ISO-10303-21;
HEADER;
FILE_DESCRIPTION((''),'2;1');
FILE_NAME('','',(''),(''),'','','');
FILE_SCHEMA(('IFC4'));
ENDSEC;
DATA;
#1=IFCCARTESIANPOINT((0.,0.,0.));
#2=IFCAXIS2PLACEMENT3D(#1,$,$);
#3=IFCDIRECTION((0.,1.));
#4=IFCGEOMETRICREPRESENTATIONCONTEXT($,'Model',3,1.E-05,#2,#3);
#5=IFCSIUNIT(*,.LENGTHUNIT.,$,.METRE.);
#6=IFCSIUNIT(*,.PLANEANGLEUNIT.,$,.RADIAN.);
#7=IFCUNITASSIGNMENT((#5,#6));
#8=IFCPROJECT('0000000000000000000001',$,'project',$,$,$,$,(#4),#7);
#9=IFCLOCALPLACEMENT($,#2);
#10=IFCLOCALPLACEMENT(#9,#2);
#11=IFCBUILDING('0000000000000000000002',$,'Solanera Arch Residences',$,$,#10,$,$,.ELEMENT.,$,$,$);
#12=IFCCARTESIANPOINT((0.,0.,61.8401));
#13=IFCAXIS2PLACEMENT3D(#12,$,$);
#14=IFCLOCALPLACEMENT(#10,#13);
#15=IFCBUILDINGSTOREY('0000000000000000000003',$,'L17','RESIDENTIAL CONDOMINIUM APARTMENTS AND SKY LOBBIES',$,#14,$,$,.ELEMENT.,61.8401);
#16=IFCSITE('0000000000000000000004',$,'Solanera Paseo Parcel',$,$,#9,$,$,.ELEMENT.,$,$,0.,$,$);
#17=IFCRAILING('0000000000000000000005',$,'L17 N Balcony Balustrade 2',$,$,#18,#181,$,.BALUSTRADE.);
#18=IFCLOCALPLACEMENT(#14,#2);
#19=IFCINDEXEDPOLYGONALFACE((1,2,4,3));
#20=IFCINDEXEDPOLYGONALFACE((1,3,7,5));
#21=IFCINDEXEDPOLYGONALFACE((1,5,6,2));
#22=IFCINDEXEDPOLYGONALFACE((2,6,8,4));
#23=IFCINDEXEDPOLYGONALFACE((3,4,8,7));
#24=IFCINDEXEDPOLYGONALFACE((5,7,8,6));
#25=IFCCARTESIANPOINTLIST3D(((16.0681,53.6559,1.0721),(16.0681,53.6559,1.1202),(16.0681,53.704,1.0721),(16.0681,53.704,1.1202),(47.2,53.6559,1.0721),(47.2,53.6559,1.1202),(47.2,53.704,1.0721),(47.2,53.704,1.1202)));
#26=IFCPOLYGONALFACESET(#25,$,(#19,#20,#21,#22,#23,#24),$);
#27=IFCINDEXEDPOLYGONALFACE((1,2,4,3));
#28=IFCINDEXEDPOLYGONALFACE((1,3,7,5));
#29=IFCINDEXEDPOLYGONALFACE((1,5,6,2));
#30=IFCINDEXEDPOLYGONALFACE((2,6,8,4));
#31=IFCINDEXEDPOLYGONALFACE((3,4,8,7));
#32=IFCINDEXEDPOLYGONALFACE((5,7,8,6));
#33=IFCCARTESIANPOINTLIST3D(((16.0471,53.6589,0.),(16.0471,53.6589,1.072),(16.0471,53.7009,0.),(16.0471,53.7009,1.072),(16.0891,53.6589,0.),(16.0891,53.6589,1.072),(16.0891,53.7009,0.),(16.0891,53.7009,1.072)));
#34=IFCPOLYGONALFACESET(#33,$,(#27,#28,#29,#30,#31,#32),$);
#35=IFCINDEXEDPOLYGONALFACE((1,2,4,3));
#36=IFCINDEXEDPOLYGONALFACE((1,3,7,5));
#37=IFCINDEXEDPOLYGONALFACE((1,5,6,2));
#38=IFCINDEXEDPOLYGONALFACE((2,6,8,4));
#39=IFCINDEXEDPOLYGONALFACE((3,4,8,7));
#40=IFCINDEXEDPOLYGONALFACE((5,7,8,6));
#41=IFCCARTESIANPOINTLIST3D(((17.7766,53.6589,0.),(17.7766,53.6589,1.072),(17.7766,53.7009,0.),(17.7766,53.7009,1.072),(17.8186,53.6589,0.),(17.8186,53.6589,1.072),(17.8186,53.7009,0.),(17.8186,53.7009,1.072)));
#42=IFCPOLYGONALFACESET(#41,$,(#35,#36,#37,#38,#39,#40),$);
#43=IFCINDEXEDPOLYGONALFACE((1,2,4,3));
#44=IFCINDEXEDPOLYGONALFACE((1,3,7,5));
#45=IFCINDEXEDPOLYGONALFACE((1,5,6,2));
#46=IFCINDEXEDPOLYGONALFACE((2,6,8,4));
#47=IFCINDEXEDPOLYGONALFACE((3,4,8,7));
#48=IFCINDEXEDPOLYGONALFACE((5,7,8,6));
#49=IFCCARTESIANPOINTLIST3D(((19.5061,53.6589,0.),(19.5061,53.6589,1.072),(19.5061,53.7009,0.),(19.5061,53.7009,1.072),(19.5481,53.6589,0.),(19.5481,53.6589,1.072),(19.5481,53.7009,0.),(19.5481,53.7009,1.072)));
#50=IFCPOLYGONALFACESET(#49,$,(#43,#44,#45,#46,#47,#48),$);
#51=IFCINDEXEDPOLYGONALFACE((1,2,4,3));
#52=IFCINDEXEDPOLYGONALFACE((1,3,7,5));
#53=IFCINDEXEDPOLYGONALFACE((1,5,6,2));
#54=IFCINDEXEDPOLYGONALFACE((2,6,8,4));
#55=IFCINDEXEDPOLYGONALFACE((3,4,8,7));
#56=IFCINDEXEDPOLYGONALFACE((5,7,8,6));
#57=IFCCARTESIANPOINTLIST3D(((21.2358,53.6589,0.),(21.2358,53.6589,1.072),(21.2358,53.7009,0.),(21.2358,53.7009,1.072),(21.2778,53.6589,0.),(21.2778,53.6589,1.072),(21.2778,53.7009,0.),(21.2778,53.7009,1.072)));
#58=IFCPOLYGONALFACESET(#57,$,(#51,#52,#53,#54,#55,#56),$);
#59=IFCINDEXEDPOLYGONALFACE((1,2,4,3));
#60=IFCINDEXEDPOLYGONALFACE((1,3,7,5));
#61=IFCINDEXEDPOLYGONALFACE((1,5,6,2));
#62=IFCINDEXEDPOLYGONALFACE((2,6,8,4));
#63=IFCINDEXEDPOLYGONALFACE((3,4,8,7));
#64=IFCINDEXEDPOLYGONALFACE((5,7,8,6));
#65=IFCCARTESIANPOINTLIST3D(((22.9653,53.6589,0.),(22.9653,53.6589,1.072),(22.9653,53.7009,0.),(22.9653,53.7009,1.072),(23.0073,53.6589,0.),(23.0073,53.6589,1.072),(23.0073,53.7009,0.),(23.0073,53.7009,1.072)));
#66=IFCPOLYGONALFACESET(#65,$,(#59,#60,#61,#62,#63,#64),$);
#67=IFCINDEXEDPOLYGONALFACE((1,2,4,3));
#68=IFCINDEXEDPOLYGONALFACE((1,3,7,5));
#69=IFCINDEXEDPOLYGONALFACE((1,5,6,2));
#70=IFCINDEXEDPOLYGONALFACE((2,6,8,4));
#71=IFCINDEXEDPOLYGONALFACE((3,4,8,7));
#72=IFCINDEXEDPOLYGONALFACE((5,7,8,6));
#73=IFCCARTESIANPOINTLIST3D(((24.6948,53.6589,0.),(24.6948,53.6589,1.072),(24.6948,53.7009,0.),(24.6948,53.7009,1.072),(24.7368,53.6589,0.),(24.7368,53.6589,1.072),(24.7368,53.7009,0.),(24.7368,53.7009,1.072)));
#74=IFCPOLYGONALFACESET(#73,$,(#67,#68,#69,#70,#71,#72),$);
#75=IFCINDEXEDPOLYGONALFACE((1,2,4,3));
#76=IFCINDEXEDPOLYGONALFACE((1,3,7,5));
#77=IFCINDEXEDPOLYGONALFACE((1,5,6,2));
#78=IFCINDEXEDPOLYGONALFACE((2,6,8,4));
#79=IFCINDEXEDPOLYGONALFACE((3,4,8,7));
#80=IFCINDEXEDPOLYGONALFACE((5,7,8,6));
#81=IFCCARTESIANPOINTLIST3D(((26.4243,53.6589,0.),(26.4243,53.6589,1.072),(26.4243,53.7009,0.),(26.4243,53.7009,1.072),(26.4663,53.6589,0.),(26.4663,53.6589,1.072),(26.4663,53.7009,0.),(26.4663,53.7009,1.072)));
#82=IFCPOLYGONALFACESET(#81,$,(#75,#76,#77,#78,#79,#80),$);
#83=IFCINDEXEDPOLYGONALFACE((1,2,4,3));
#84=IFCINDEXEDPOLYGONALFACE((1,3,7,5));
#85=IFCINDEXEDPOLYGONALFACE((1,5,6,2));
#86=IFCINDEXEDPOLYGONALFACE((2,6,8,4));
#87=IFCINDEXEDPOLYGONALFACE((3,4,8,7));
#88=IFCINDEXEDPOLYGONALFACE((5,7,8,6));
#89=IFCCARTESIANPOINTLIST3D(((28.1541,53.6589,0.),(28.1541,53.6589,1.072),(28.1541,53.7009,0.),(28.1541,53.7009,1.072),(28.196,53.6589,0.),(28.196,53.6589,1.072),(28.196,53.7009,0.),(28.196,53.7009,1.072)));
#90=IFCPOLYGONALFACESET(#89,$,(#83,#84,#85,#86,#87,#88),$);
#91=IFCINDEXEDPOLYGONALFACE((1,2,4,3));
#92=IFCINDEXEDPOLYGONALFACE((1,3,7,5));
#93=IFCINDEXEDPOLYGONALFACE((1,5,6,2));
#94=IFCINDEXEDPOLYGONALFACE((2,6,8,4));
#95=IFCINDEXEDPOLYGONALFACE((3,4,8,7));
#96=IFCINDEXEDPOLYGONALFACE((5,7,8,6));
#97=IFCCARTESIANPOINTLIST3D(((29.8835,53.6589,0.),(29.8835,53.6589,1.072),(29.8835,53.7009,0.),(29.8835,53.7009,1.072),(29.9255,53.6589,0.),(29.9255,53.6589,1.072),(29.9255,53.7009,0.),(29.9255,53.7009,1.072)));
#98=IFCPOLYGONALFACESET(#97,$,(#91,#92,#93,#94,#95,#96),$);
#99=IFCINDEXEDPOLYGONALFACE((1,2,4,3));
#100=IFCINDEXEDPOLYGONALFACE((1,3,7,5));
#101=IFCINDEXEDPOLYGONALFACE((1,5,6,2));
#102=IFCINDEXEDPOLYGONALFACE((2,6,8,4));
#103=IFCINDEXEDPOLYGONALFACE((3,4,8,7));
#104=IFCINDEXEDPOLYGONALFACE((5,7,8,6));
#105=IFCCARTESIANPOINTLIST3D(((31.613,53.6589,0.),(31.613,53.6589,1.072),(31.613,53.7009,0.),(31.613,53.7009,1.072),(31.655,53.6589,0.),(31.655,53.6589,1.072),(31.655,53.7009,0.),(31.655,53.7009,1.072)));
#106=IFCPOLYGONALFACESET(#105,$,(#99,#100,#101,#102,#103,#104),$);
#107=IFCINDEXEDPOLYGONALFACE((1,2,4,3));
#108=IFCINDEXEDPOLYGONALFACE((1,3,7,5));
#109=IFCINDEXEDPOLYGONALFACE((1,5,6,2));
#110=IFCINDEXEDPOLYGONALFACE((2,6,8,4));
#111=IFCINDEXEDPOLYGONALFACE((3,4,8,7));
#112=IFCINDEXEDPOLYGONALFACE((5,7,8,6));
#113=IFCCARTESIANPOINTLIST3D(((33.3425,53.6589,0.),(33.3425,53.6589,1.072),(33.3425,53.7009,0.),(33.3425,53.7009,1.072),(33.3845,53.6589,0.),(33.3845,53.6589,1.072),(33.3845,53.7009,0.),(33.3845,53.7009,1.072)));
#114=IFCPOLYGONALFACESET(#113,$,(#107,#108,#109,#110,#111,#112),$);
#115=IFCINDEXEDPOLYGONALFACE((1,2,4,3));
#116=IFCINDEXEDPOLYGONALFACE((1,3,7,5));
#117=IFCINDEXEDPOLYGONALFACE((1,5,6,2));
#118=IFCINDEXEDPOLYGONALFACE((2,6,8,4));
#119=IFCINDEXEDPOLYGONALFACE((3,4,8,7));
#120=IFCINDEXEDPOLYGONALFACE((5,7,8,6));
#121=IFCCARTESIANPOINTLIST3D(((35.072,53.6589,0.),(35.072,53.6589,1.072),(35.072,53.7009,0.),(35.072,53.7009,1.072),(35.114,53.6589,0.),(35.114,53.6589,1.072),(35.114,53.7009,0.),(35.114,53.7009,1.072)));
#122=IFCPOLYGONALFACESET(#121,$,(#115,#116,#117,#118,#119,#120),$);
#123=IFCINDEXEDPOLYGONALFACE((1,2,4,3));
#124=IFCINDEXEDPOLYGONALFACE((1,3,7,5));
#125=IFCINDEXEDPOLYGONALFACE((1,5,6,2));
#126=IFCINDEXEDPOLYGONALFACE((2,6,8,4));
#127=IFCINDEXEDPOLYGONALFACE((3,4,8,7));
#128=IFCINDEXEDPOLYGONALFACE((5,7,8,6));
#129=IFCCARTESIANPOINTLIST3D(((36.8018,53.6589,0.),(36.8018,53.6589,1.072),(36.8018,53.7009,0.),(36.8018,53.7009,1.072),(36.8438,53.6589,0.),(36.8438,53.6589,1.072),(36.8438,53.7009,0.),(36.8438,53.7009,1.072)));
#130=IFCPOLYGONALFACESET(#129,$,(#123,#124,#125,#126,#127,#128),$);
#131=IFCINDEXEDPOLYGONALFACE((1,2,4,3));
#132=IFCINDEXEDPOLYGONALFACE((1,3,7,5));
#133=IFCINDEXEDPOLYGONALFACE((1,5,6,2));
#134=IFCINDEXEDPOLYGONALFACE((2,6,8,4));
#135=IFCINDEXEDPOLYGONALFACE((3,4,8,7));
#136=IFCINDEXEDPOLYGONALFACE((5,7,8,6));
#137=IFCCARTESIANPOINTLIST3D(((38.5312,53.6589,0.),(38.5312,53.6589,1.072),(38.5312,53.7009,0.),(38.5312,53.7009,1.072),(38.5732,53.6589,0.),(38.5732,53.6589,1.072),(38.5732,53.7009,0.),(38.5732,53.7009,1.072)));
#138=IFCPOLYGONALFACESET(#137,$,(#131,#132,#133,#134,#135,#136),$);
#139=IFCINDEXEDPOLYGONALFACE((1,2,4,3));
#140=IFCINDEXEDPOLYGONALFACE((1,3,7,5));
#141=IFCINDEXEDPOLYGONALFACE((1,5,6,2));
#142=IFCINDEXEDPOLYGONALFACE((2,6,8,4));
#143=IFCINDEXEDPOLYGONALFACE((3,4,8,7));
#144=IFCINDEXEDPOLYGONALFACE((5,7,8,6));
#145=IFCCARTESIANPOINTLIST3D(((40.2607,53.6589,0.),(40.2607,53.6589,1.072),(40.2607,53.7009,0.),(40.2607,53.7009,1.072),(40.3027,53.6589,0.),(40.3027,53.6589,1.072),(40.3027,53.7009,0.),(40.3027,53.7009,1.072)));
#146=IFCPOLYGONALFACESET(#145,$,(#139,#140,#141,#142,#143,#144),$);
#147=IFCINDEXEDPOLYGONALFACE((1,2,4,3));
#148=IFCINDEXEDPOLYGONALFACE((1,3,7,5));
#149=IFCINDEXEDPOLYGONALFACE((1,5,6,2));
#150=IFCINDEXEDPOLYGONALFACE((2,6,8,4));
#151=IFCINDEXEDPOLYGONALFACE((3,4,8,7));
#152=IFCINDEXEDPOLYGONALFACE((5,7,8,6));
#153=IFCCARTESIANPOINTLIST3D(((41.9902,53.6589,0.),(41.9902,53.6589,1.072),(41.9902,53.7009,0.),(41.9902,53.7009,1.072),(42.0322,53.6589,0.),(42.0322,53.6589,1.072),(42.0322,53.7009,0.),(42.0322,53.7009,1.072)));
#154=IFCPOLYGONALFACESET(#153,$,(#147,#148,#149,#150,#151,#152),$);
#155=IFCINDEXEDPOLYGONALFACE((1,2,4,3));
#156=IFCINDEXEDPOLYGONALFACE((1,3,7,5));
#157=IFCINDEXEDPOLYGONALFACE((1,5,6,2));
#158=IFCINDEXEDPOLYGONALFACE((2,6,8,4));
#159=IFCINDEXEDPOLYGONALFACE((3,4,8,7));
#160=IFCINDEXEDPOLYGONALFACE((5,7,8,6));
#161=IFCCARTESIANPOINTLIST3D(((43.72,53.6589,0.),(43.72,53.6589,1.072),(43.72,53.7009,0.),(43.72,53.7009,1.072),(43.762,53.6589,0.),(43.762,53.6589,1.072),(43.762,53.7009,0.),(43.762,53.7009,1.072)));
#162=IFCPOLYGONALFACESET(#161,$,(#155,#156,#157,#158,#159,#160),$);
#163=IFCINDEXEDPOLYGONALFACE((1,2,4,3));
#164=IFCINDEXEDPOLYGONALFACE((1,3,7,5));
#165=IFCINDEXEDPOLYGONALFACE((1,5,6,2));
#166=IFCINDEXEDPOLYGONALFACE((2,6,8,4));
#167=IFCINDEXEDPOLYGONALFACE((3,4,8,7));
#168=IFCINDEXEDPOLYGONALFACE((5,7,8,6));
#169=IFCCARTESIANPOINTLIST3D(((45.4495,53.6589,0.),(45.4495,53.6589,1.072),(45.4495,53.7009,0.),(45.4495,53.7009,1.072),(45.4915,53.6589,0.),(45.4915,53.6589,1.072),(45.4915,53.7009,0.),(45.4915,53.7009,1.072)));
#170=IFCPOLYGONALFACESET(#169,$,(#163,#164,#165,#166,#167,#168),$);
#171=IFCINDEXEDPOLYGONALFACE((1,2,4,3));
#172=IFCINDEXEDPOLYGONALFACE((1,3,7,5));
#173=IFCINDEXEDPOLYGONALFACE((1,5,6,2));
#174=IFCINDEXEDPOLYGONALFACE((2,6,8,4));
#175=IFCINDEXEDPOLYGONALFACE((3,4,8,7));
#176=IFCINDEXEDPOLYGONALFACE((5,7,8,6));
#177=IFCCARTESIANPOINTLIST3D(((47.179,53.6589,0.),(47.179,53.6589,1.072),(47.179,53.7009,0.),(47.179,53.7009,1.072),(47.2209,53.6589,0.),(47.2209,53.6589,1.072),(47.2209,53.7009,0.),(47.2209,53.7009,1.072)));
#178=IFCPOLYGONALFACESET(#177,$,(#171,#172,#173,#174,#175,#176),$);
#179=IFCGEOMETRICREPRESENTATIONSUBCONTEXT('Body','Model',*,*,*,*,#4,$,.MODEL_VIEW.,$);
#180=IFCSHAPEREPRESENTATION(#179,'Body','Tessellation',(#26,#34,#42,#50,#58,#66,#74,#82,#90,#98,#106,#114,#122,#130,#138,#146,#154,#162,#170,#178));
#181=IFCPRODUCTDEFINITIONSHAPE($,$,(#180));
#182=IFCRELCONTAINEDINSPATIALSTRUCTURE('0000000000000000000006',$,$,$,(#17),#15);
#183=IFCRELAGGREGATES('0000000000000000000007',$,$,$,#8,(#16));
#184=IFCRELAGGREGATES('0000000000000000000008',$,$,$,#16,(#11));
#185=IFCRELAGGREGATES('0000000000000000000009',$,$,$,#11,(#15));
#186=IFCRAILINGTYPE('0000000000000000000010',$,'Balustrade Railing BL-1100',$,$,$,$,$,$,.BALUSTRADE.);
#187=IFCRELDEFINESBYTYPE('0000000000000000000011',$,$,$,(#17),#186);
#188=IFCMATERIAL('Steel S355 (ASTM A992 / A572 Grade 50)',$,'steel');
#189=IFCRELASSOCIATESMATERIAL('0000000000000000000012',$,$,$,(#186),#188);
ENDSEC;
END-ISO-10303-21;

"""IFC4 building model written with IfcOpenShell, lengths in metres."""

from ifc_helpers import new_model, si_unit, direction, frame, origin, origin_2d, place, context, subcontext, project, spatial, rectangle, extrude, material, type_object, element, save


model = new_model("IFC4")

# Units and contexts
model_context = context("Model", 3, precision=1e-05, world=origin(), true_north=direction((0.0, 1.0)))
body_context = subcontext(model_context, "Body", "Model", "MODEL_VIEW")
ifc_project = project(units=[si_unit("LENGTHUNIT", "METRE"), si_unit("PLANEANGLEUNIT", "RADIAN")], contexts=[model_context])

# Site, building, storey
site_placement = place(None, origin())
site = spatial("IfcSite", under=ifc_project, at=site_placement, Name="Solanera Paseo Parcel", CompositionType="ELEMENT", RefElevation=0.0)
building_placement = place(site_placement, origin())
building = spatial("IfcBuilding", under=site, at=building_placement, Name="Solanera Arch Residences", CompositionType="ELEMENT")
storey_placement = place(building_placement, frame((0.0, 0.0, 61.8401)))
storey = spatial("IfcBuildingStorey", under=building, at=storey_placement, Name="L17", Description="RESIDENTIAL CONDOMINIUM APARTMENTS AND SKY LOBBIES", CompositionType="ELEMENT", Elevation=61.8401)

# Railing
ifc_material_1 = material(Name="Steel S355 (ASTM A992 / A572 Grade 50)", Category="steel")
railing_type = type_object("IfcRailingType", Name="Balustrade Railing BL-1100", PredefinedType="BALUSTRADE", material=ifc_material_1)
railing_placement = place(storey_placement, frame((16.0681, 53.6799, 0.0)))
element("IfcRailing", 1, at=railing_placement, inside=storey, type_object=railing_type, Name="L17 N Balcony Balustrade 2", PredefinedType="BALUSTRADE", context=body_context, shape_type="SweptSolid", body=[
    extrude(rectangle(XDim=0.0481, YDim=0.0481, at=origin_2d()), frame((0.0, 0.0, 1.0962), z_axis=(1.0, 0.0, 0.0), x_axis=(0.0, 1.0, 0.0)), (0.0, 0.0, 1.0), 31.1318),
    extrude(rectangle(XDim=0.042, YDim=0.042, at=origin_2d()), origin(), (0.0, 0.0, 1.0), 1.072),
    extrude(rectangle(XDim=0.042, YDim=0.042, at=origin_2d()), frame((1.7295, 0.0, 0.0)), (0.0, 0.0, 1.0), 1.072),
    extrude(rectangle(XDim=0.042, YDim=0.042, at=origin_2d()), frame((3.459, 0.0, 0.0)), (0.0, 0.0, 1.0), 1.072),
    extrude(rectangle(XDim=0.042, YDim=0.042, at=origin_2d()), frame((5.1887, 0.0, 0.0)), (0.0, 0.0, 1.0), 1.072),
    extrude(rectangle(XDim=0.042, YDim=0.042, at=origin_2d()), frame((6.9182, 0.0, 0.0)), (0.0, 0.0, 1.0), 1.072),
    extrude(rectangle(XDim=0.042, YDim=0.042, at=origin_2d()), frame((8.6477, 0.0, 0.0)), (0.0, 0.0, 1.0), 1.072),
    extrude(rectangle(XDim=0.042, YDim=0.042, at=origin_2d()), frame((10.3772, 0.0, 0.0)), (0.0, 0.0, 1.0), 1.072),
    extrude(rectangle(XDim=0.042, YDim=0.042, at=origin_2d()), frame((12.1069, 0.0, 0.0)), (0.0, 0.0, 1.0), 1.072),
    extrude(rectangle(XDim=0.042, YDim=0.042, at=origin_2d()), frame((13.8364, 0.0, 0.0)), (0.0, 0.0, 1.0), 1.072),
    extrude(rectangle(XDim=0.042, YDim=0.042, at=origin_2d()), frame((15.5659, 0.0, 0.0)), (0.0, 0.0, 1.0), 1.072),
    extrude(rectangle(XDim=0.042, YDim=0.042, at=origin_2d()), frame((17.2954, 0.0, 0.0)), (0.0, 0.0, 1.0), 1.072),
    extrude(rectangle(XDim=0.042, YDim=0.042, at=origin_2d()), frame((19.0249, 0.0, 0.0)), (0.0, 0.0, 1.0), 1.072),
    extrude(rectangle(XDim=0.042, YDim=0.042, at=origin_2d()), frame((20.7546, 0.0, 0.0)), (0.0, 0.0, 1.0), 1.072),
    extrude(rectangle(XDim=0.042, YDim=0.042, at=origin_2d()), frame((22.4841, 0.0, 0.0)), (0.0, 0.0, 1.0), 1.072),
    extrude(rectangle(XDim=0.042, YDim=0.042, at=origin_2d()), frame((24.2136, 0.0, 0.0)), (0.0, 0.0, 1.0), 1.072),
    extrude(rectangle(XDim=0.042, YDim=0.042, at=origin_2d()), frame((25.9431, 0.0, 0.0)), (0.0, 0.0, 1.0), 1.072),
    extrude(rectangle(XDim=0.042, YDim=0.042, at=origin_2d()), frame((27.6729, 0.0, 0.0)), (0.0, 0.0, 1.0), 1.072),
    extrude(rectangle(XDim=0.042, YDim=0.042, at=origin_2d()), frame((29.4023, 0.0, 0.0)), (0.0, 0.0, 1.0), 1.072),
    extrude(rectangle(XDim=0.042, YDim=0.042, at=origin_2d()), frame((31.1318, 0.0, 0.0)), (0.0, 0.0, 1.0), 1.072),
])

save(model, "model.ifc")
